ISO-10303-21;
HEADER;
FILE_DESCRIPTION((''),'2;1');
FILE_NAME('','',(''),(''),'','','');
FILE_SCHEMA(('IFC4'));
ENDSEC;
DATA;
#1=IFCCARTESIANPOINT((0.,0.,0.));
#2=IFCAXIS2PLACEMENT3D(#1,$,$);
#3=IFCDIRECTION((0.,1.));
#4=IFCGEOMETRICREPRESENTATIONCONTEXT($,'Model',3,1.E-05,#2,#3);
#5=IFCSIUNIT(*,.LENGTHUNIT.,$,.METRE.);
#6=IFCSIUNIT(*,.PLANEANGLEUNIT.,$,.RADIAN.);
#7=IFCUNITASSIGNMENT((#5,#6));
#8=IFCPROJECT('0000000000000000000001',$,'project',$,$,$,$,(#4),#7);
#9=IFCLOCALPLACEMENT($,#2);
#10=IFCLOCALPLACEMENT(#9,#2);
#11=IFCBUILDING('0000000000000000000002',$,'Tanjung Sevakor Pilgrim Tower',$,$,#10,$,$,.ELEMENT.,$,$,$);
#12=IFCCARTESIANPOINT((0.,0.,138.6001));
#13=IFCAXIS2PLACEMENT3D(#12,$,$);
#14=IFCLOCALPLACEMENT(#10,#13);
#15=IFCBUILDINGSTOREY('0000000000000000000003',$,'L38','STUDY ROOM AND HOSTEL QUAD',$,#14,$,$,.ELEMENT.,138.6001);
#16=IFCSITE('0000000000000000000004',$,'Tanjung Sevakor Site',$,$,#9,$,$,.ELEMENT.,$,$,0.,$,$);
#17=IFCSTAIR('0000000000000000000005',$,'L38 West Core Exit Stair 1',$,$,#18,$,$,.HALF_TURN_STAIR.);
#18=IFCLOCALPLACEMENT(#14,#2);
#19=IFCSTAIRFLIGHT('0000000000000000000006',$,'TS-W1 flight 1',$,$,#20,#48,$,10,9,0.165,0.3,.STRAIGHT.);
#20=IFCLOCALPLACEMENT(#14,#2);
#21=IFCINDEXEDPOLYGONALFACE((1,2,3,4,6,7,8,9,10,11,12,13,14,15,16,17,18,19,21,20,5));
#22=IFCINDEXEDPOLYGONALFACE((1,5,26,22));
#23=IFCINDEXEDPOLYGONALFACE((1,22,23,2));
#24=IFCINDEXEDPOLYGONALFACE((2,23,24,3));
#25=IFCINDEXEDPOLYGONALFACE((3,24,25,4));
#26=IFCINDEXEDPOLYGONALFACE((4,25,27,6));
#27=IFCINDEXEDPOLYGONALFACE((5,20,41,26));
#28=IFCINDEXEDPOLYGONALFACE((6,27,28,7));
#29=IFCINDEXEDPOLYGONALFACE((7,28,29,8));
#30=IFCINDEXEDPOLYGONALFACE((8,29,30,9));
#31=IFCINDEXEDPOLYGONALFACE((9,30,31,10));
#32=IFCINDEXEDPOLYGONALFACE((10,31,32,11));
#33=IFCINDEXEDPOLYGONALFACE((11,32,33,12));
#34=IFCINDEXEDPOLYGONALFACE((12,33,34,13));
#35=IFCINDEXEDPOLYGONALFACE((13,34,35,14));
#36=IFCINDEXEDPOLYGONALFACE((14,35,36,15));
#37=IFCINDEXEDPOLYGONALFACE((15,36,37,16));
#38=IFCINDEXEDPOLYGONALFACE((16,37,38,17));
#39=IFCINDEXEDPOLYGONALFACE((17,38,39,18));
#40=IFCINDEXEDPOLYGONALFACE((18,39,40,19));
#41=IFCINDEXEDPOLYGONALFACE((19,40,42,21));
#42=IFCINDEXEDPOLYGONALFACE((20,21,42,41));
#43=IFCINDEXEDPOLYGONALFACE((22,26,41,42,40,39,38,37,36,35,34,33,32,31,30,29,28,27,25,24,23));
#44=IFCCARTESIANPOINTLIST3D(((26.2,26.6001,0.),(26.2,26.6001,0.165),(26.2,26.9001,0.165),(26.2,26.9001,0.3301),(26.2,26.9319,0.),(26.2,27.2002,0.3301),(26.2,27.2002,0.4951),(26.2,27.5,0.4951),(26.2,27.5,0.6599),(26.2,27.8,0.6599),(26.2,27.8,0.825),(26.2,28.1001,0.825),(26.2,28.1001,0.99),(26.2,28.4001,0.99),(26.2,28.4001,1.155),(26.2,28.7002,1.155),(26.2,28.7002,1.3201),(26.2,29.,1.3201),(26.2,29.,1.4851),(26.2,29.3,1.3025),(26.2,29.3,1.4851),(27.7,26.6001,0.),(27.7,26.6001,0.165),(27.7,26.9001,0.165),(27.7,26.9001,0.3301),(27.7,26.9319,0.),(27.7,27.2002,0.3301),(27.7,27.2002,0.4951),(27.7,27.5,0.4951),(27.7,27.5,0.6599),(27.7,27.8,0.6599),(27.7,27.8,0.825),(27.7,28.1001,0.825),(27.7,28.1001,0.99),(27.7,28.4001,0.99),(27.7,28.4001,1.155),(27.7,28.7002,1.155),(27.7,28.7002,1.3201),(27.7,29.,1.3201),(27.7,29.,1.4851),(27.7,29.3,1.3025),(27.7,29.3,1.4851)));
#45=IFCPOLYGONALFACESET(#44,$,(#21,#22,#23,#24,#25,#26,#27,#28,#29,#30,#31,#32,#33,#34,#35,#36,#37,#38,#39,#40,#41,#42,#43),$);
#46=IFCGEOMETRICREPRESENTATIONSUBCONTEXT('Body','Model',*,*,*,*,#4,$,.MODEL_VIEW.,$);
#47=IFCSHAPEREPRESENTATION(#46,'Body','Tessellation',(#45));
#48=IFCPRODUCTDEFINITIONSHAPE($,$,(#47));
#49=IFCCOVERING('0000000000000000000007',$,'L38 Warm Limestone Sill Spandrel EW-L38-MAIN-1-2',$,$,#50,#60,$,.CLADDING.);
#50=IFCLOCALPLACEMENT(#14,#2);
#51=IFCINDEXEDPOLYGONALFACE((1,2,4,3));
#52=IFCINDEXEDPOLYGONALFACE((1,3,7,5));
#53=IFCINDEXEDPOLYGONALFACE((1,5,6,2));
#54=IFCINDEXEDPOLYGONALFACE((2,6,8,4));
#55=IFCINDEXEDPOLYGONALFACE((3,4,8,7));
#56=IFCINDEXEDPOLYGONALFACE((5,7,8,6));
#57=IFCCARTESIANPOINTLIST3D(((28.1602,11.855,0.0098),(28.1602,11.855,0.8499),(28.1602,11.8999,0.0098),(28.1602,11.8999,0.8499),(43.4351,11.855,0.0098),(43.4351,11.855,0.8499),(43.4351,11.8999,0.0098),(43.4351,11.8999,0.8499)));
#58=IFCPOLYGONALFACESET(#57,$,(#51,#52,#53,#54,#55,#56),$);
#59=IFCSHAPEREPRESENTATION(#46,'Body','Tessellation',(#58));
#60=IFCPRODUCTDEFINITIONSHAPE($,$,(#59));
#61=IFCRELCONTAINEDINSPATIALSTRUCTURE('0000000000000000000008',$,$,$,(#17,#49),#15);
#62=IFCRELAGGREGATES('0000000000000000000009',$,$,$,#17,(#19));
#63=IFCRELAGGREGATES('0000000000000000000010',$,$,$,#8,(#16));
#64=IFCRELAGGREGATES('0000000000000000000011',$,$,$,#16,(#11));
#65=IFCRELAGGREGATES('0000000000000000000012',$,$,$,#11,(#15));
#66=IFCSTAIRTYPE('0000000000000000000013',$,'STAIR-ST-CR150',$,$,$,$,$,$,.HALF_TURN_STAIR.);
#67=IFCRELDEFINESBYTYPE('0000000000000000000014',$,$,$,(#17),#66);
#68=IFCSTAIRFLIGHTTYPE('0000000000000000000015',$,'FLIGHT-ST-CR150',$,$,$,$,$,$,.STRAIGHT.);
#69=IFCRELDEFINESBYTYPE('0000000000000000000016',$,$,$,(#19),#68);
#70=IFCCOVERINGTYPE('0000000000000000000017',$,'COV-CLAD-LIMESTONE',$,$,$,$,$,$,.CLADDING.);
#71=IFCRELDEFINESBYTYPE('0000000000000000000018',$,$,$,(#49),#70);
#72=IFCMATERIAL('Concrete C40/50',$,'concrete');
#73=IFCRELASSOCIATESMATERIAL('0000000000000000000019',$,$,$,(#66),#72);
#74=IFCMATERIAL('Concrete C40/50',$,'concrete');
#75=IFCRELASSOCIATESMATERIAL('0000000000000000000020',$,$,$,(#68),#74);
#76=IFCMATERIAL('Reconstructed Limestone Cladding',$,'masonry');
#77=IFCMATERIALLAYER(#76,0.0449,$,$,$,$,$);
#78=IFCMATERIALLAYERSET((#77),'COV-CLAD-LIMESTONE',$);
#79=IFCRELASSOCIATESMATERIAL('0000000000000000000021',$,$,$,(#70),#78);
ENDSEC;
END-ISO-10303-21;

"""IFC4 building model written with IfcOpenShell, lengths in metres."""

from ifc_helpers import new_model, si_unit, direction, frame, origin, origin_2d, place, context, subcontext, project, spatial, polyline, rectangle, outline, extrude, material, layer, layer_set, type_object, element, aggregate, save


model = new_model("IFC4")

# Units and contexts
model_context = context("Model", 3, precision=1e-05, world=origin(), true_north=direction((0.0, 1.0)))
body_context = subcontext(model_context, "Body", "Model", "MODEL_VIEW")
ifc_project = project(units=[si_unit("LENGTHUNIT", "METRE"), si_unit("PLANEANGLEUNIT", "RADIAN")], contexts=[model_context])

# Site, building, storey
site_placement = place(None, origin())
site = spatial("IfcSite", under=ifc_project, at=site_placement, Name="Tanjung Sevakor Site", CompositionType="ELEMENT", RefElevation=0.0)
building_placement = place(site_placement, origin())
building = spatial("IfcBuilding", under=site, at=building_placement, Name="Tanjung Sevakor Pilgrim Tower", CompositionType="ELEMENT")
storey_placement = place(building_placement, frame((0.0, 0.0, 138.6001)))
storey = spatial("IfcBuildingStorey", under=building, at=storey_placement, Name="L38", Description="STUDY ROOM AND HOSTEL QUAD", CompositionType="ELEMENT", Elevation=138.6001)

# Stair, stair flight
ifc_material_1 = material(Name="Concrete C40/50", Category="concrete")
stair_type = type_object("IfcStairType", Name="STAIR-ST-CR150", PredefinedType="HALF_TURN_STAIR", material=ifc_material_1)
stair_placement = place(storey_placement, origin())
stair = element("IfcStair", 1, at=stair_placement, inside=storey, type_object=stair_type, Name="L38 West Core Exit Stair 1", PredefinedType="HALF_TURN_STAIR")
ifc_material_2 = material(Name="Concrete C40/50", Category="concrete")
stair_flight_type = type_object("IfcStairFlightType", Name="FLIGHT-ST-CR150", PredefinedType="STRAIGHT", material=ifc_material_2)
stair_flight_placement = place(storey_placement, frame((26.95, 26.6001, 0.0), z_axis=(0.0, 0.0, 1.0), x_axis=(0.0, 1.0, 0.0)))
stair_flight = element("IfcStairFlight", 2, at=stair_flight_placement, type_object=stair_flight_type, Name="TS-W1 flight 1", NumberOfRisers=10, NumberOfTreads=9, PredefinedType="STRAIGHT", RiserHeight=0.165, TreadLength=0.3, context=body_context, shape_type="SweptSolid", body=[
    extrude(outline(polyline([(0.0, 0.0), (0.0, 0.165), (0.3, 0.165), (0.3, 0.3301), (0.6001, 0.3301), (0.6001, 0.4951), (0.8999, 0.4951), (0.8999, 0.6599), (1.2, 0.6599), (1.2, 0.825), (1.5, 0.825), (1.5, 0.99), (1.8, 0.99), (1.8, 1.155), (2.1001, 1.155), (2.1001, 1.3201), (2.3999, 1.3201), (2.3999, 1.4851), (2.7, 1.4851), (2.7, 1.6499), (2.7, 1.3025), (0.3318, 0.0), (0.0, 0.0)])), frame((0.0, 0.75, 0.0), z_axis=(0.0, -1.0, 0.0), x_axis=(1.0, 0.0, 0.0)), (0.0, 0.0, 1.0), 1.5),
])
aggregate(stair, [stair_flight])

# Covering
ifc_material_3 = material(Name="Reconstructed Limestone Cladding", Category="masonry")
ifc_layer_1 = layer(ifc_material_3, 0.0449)
ifc_layer_set_1 = layer_set([ifc_layer_1], Name="COV-CLAD-LIMESTONE")
covering_type = type_object("IfcCoveringType", Name="COV-CLAD-LIMESTONE", PredefinedType="CLADDING", material=ifc_layer_set_1)
covering_placement = place(storey_placement, frame((35.7976, 11.8774, 0.0098), z_axis=(0.0, 0.0, 1.0), x_axis=(1.0, 0.0, 0.0)))
element("IfcCovering", 3, at=covering_placement, inside=storey, type_object=covering_type, Name="L38 Warm Limestone Sill Spandrel EW-L38-MAIN-1-2", PredefinedType="CLADDING", context=body_context, shape_type="SweptSolid", body=[
    extrude(rectangle(XDim=15.2749, YDim=0.0449, at=origin_2d()), origin(), (0.0, 0.0, 1.0), 0.8401),
])

save(model, "model.ifc")
